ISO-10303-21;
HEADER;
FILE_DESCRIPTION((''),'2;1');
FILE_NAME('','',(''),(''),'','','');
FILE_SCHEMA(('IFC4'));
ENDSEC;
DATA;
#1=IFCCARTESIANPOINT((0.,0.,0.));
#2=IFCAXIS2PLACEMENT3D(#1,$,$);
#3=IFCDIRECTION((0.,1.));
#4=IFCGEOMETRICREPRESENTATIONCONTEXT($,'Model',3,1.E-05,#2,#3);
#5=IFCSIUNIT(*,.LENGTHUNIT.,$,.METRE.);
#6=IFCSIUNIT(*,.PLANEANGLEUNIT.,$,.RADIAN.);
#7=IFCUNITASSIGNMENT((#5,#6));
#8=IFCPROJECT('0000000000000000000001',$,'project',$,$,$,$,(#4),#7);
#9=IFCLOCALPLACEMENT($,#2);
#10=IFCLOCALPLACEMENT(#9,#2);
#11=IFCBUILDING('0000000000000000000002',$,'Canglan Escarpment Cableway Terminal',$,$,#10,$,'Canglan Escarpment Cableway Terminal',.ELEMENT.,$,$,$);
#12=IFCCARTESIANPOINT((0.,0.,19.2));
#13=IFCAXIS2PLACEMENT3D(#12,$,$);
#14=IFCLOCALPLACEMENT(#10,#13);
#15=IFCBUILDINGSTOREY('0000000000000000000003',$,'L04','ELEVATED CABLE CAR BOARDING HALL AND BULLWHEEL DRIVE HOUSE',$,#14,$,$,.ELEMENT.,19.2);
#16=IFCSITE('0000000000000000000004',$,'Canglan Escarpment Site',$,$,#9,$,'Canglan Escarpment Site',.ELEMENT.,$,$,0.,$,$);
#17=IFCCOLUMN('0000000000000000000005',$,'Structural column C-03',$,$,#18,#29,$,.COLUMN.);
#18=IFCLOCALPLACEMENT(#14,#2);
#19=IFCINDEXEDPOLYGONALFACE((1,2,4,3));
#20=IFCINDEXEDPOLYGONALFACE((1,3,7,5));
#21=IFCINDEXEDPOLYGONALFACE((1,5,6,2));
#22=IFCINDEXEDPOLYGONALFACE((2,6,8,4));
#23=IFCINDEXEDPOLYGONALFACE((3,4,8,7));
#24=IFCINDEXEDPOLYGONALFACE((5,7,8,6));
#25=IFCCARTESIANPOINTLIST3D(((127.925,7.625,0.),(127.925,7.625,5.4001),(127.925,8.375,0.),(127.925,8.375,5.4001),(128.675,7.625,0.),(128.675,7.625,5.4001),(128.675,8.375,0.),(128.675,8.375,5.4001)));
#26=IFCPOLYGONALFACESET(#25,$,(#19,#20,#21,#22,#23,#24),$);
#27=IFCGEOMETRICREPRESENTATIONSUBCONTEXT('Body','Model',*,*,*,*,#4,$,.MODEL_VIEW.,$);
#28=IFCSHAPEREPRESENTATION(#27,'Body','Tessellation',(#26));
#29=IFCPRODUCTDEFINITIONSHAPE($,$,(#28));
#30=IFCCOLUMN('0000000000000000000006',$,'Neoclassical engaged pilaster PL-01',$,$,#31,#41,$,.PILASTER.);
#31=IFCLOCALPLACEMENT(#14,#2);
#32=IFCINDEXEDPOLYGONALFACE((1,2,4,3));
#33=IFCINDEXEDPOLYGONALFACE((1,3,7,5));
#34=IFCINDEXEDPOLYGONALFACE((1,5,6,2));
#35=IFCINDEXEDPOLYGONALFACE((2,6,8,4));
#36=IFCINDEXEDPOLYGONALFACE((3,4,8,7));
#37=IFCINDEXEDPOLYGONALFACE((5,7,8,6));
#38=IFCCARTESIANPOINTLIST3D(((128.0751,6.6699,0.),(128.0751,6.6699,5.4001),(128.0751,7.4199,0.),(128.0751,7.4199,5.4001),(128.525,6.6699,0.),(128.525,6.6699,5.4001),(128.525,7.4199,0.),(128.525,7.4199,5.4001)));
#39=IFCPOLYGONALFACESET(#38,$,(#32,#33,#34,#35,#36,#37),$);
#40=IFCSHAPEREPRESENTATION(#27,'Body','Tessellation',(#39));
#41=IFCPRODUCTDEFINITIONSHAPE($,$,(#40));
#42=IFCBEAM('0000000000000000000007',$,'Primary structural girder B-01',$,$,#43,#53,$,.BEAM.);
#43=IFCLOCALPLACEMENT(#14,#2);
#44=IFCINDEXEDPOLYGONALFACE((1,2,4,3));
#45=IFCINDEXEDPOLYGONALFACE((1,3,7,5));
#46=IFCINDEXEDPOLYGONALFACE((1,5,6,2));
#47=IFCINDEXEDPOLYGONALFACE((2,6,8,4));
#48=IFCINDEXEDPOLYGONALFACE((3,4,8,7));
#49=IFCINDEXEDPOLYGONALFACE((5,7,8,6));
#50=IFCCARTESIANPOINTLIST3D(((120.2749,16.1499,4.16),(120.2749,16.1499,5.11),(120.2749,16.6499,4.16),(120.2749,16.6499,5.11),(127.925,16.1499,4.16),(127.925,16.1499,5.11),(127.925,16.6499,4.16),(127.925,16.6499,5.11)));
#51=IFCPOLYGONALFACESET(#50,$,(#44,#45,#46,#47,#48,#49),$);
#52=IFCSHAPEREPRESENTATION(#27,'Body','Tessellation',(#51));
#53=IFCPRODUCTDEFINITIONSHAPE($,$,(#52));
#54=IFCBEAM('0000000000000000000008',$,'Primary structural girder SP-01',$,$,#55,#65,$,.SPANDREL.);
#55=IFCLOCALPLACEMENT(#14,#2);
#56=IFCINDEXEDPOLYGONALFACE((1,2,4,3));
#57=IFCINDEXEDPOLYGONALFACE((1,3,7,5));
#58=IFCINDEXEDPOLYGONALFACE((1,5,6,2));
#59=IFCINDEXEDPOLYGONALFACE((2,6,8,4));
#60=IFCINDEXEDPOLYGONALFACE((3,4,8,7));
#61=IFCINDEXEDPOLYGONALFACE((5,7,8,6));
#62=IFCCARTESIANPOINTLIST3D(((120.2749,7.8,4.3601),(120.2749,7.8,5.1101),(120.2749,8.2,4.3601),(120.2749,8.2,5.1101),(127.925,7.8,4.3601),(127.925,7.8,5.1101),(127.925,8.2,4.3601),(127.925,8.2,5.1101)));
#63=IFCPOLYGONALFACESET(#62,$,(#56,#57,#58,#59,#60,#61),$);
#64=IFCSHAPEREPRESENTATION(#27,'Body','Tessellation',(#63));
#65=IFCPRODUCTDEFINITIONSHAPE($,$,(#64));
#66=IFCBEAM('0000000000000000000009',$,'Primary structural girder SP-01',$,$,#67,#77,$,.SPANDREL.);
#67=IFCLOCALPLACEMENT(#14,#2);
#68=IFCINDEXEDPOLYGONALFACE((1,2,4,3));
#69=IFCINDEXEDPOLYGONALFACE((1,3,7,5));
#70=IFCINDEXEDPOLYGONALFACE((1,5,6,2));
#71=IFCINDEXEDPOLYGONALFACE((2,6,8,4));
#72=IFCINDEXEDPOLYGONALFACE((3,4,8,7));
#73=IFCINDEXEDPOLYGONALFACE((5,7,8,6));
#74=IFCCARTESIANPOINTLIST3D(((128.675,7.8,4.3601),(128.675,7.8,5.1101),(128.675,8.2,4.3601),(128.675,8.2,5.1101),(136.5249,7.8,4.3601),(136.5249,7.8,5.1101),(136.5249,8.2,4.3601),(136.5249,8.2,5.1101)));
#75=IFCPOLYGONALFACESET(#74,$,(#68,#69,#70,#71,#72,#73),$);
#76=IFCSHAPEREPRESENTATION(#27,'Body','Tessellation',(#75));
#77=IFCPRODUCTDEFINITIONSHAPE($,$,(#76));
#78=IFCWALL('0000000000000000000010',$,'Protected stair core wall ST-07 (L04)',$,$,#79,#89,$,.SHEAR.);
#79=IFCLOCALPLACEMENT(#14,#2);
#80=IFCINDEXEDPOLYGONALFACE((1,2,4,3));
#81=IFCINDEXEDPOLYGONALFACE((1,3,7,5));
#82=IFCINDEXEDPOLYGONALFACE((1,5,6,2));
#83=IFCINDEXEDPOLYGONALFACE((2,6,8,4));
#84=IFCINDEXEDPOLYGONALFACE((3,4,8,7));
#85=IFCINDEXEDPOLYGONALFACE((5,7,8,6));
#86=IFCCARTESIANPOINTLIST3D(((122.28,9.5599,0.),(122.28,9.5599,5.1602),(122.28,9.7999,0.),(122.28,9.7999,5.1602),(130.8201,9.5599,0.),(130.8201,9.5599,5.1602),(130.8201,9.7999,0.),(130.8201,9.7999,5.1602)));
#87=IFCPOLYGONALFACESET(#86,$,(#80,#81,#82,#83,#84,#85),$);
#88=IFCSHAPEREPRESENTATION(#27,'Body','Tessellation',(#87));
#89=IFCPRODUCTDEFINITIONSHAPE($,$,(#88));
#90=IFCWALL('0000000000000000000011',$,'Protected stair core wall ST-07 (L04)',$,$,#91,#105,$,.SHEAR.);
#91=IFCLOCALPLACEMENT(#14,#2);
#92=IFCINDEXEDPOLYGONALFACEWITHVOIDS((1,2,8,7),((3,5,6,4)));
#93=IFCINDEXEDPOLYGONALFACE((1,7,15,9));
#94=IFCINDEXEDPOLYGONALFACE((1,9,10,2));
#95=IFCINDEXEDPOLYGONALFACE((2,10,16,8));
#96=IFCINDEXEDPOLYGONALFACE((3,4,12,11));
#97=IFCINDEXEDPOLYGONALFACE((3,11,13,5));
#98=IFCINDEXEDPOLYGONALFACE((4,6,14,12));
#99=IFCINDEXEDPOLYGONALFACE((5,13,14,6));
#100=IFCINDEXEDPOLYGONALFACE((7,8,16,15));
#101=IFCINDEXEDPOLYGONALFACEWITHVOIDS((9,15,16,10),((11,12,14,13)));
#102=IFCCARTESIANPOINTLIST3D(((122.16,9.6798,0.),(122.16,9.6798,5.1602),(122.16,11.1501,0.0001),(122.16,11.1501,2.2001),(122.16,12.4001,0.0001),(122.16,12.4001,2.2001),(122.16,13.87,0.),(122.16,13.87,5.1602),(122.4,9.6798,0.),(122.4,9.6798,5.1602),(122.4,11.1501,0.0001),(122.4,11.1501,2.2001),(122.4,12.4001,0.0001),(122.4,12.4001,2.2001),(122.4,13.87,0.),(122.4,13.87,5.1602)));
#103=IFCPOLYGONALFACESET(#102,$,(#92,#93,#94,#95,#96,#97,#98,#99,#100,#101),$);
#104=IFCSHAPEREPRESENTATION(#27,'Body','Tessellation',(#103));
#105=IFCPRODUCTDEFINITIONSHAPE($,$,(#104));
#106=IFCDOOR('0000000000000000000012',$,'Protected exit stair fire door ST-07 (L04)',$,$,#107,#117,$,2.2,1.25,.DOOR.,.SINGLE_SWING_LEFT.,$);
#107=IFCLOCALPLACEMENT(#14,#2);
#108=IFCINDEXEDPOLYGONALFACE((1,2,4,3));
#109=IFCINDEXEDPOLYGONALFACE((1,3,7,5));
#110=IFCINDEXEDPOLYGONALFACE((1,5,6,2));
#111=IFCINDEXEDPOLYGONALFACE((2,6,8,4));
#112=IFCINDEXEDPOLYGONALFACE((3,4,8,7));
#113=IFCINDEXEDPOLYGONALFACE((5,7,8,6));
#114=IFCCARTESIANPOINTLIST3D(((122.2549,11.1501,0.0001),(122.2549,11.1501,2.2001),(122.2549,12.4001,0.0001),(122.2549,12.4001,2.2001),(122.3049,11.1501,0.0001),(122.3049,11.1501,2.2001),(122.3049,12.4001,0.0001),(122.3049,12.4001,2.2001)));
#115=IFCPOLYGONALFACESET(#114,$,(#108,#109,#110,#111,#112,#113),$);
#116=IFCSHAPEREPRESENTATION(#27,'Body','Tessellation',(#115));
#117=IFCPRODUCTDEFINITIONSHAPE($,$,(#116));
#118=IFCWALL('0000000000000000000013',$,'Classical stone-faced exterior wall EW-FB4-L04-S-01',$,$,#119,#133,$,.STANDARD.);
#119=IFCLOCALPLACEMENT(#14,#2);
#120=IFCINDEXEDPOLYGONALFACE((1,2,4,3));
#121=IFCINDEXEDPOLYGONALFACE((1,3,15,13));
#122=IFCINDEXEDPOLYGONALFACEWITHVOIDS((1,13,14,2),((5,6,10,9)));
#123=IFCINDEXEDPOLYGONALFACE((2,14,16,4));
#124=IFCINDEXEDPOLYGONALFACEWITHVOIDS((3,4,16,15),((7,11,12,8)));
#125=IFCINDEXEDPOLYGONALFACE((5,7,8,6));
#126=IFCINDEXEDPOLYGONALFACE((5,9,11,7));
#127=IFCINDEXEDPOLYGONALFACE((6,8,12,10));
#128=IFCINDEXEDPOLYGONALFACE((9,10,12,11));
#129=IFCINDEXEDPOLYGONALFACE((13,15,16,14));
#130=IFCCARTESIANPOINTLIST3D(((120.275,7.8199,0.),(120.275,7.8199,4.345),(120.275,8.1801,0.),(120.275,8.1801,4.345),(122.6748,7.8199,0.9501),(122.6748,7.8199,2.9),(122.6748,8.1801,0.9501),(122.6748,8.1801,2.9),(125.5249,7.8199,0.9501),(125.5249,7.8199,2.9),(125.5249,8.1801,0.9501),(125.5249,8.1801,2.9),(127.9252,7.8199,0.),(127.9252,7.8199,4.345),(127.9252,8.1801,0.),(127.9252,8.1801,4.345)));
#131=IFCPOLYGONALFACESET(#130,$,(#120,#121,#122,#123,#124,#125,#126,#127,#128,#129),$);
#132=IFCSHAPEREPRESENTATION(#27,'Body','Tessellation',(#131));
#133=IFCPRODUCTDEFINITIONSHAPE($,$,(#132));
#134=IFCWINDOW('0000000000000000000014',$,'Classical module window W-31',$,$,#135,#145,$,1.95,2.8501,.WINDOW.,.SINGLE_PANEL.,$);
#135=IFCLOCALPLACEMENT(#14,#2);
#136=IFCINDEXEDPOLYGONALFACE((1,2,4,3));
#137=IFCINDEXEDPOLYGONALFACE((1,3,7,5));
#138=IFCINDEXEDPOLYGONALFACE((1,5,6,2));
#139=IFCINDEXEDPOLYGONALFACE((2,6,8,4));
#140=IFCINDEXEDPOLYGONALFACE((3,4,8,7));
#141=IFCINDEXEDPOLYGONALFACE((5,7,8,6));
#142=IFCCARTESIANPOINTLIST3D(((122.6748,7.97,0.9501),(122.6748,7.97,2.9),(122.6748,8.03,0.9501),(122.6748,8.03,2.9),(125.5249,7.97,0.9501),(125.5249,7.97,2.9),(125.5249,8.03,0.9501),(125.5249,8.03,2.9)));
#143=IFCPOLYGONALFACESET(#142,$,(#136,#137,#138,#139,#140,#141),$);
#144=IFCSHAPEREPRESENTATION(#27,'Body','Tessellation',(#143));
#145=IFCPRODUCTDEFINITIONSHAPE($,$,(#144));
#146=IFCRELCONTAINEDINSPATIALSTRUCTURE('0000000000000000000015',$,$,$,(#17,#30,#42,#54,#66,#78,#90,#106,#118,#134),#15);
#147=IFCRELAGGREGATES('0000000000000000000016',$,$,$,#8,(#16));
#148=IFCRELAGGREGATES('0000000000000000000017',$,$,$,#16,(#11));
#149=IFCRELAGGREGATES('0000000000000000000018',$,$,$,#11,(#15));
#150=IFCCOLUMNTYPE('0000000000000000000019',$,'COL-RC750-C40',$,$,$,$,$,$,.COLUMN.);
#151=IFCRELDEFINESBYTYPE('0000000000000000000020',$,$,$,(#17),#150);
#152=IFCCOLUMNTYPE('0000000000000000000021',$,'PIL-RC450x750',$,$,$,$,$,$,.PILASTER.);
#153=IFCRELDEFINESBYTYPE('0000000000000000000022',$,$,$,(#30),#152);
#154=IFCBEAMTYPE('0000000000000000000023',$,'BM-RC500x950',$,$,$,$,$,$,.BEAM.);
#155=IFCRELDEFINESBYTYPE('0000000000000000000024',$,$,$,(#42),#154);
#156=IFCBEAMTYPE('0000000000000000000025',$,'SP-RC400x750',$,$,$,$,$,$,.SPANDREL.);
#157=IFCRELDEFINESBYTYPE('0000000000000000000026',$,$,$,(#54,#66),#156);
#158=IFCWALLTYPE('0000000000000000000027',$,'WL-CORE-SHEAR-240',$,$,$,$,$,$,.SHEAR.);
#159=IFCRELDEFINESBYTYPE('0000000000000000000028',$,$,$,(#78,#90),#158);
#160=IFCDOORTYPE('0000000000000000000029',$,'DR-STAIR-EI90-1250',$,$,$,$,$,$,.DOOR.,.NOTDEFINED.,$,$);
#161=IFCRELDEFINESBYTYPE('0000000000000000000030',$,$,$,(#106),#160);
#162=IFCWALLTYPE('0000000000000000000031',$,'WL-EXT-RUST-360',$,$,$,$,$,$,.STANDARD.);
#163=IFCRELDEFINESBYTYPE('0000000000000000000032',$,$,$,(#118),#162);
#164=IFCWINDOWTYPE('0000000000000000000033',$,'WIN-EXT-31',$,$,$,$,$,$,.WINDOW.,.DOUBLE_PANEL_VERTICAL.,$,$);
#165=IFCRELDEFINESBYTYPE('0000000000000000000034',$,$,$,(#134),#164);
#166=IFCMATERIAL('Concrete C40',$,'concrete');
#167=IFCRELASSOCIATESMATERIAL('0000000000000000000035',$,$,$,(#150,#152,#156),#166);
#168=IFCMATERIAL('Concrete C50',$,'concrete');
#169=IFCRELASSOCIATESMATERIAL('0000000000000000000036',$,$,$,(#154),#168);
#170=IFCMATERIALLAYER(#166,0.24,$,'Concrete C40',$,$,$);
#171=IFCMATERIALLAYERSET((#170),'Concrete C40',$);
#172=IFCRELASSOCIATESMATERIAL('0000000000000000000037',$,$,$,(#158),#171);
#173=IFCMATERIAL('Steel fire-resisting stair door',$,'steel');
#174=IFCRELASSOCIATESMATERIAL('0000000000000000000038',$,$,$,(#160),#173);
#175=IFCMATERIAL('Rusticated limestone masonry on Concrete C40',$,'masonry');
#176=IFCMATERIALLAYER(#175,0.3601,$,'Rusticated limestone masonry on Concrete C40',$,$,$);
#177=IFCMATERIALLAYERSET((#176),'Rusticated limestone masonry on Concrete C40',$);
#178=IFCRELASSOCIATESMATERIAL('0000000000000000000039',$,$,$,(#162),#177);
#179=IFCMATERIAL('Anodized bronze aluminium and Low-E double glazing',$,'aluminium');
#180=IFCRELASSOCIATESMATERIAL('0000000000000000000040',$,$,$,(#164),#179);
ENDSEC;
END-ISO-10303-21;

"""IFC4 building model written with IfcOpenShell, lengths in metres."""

from ifc_helpers import new_model, si_unit, direction, frame, frame_2d, origin, origin_2d, place, context, subcontext, project, spatial, rectangle, extrude, material, layer, layer_set, material_profile, profile_set, type_object, element, fill, save


model = new_model("IFC4")

# Units and contexts
model_context = context("Model", 3, precision=1e-05, world=origin(), true_north=direction((0.0, 1.0)))
body_context = subcontext(model_context, "Body", "Model", "MODEL_VIEW")
ifc_project = project(units=[si_unit("LENGTHUNIT", "METRE"), si_unit("PLANEANGLEUNIT", "RADIAN")], contexts=[model_context])

# Site, building, storey
site_placement = place(None, origin())
site = spatial("IfcSite", under=ifc_project, at=site_placement, Name="Canglan Escarpment Site", LongName="Canglan Escarpment Site", CompositionType="ELEMENT", RefElevation=0.0)
building_placement = place(site_placement, origin())
building = spatial("IfcBuilding", under=site, at=building_placement, Name="Canglan Escarpment Cableway Terminal", LongName="Canglan Escarpment Cableway Terminal", CompositionType="ELEMENT")
storey_placement = place(building_placement, frame((0.0, 0.0, 19.2)))
storey = spatial("IfcBuildingStorey", under=building, at=storey_placement, Name="L04", Description="ELEVATED CABLE CAR BOARDING HALL AND BULLWHEEL DRIVE HOUSE", CompositionType="ELEMENT", Elevation=19.2)

# Columns
ifc_material_1 = material(Name="Concrete C40", Category="concrete")
ifc_material_profile_1 = material_profile(ifc_material_1, rectangle(XDim=0.75, YDim=0.75, at=origin_2d()), Name="RC 750x750")
ifc_profile_set_1 = profile_set([ifc_material_profile_1], Name="Concrete C40")
column_type_1 = type_object("IfcColumnType", Name="COL-RC750-C40", PredefinedType="COLUMN", material=ifc_profile_set_1)
column_1_placement = place(storey_placement, frame((128.3, 8.0, 0.0), z_axis=(0.0, 0.0, 1.0), x_axis=(1.0, 0.0, 0.0)))
element("IfcColumn", 1, at=column_1_placement, inside=storey, type_object=column_type_1, Name="Structural column C-03", PredefinedType="COLUMN", context=body_context, shape_type="SweptSolid", body=[
    extrude(rectangle(XDim=0.75, YDim=0.75, at=origin_2d()), origin(), (0.0, 0.0, 1.0), 5.4001),
])
ifc_material_profile_2 = material_profile(ifc_material_1, rectangle(XDim=0.45, YDim=0.75, at=origin_2d()), Name="RC-PIL 450x750")
ifc_profile_set_2 = profile_set([ifc_material_profile_2], Name="Concrete C40")
column_type_2 = type_object("IfcColumnType", Name="PIL-RC450x750", PredefinedType="PILASTER", material=ifc_profile_set_2)
column_2_placement = place(storey_placement, frame((128.3, 7.0449, 0.0), z_axis=(0.0, 0.0, 1.0), x_axis=(1.0, 0.0, 0.0)))
element("IfcColumn", 2, at=column_2_placement, inside=storey, type_object=column_type_2, Name="Neoclassical engaged pilaster PL-01", PredefinedType="PILASTER", context=body_context, shape_type="SweptSolid", body=[
    extrude(rectangle(XDim=0.45, YDim=0.75, at=origin_2d()), origin(), (0.0, 0.0, 1.0), 5.4001),
])

# Beams
ifc_material_2 = material(Name="Concrete C50", Category="concrete")
ifc_material_profile_3 = material_profile(ifc_material_2, rectangle(XDim=0.5, YDim=0.95, at=origin_2d()), Name="RC 500x950")
ifc_profile_set_3 = profile_set([ifc_material_profile_3], Name="Concrete C50")
beam_type_1 = type_object("IfcBeamType", Name="BM-RC500x950", PredefinedType="BEAM", material=ifc_profile_set_3)
beam_1_placement = place(storey_placement, frame((120.2749, 16.3999, 4.635), z_axis=(1.0, 0.0, 0.0), x_axis=(0.0, 1.0, 0.0)))
element("IfcBeam", 3, at=beam_1_placement, inside=storey, type_object=beam_type_1, Name="Primary structural girder B-01", PredefinedType="BEAM", context=body_context, shape_type="SweptSolid", body=[
    extrude(rectangle(XDim=0.5, YDim=0.95, at=origin_2d()), origin(), (0.0, 0.0, 1.0), 7.6501),
])
ifc_material_profile_4 = material_profile(ifc_material_1, rectangle(XDim=0.3999, YDim=0.75, at=origin_2d()), Name="RC 400x750")
ifc_profile_set_4 = profile_set([ifc_material_profile_4], Name="Concrete C40")
beam_type_2 = type_object("IfcBeamType", Name="SP-RC400x750", PredefinedType="SPANDREL", material=ifc_profile_set_4)
beam_2_placement = place(storey_placement, frame((120.2749, 8.0, 4.7351), z_axis=(1.0, 0.0, 0.0), x_axis=(0.0, 1.0, 0.0)))
element("IfcBeam", 4, at=beam_2_placement, inside=storey, type_object=beam_type_2, Name="Primary structural girder SP-01", PredefinedType="SPANDREL", context=body_context, shape_type="SweptSolid", body=[
    extrude(rectangle(XDim=0.3999, YDim=0.75, at=origin_2d()), origin(), (0.0, 0.0, 1.0), 7.6501),
])
beam_3_placement = place(storey_placement, frame((128.675, 8.0, 4.7351), z_axis=(1.0, 0.0, 0.0), x_axis=(0.0, 1.0, 0.0)))
element("IfcBeam", 5, at=beam_3_placement, inside=storey, type_object=beam_type_2, Name="Primary structural girder SP-01", PredefinedType="SPANDREL", context=body_context, shape_type="SweptSolid", body=[
    extrude(rectangle(XDim=0.3999, YDim=0.75, at=origin_2d()), origin(), (0.0, 0.0, 1.0), 7.8499),
])

# Wall
ifc_layer_1 = layer(ifc_material_1, 0.24, Name="Concrete C40")
ifc_layer_set_1 = layer_set([ifc_layer_1], Name="Concrete C40")
wall_type_1 = type_object("IfcWallType", Name="WL-CORE-SHEAR-240", PredefinedType="SHEAR", material=ifc_layer_set_1)
wall_1_placement = place(storey_placement, frame((122.28, 9.6799, 0.0), z_axis=(0.0, 0.0, 1.0), x_axis=(1.0, 0.0, 0.0)))
element("IfcWall", 6, at=wall_1_placement, inside=storey, type_object=wall_type_1, Name="Protected stair core wall ST-07 (L04)", PredefinedType="SHEAR", context=body_context, shape_type="SweptSolid", body=[
    extrude(rectangle(XDim=8.54, YDim=0.24, at=frame_2d((4.27, 0.0))), origin(), (0.0, 0.0, 1.0), 5.1602),
])

# Wall, opening, door
wall_2_placement = place(storey_placement, frame((122.28, 13.8701, 0.0), z_axis=(0.0, 0.0, 1.0), x_axis=(0.0, -1.0, 0.0)))
wall_2 = element("IfcWall", 7, at=wall_2_placement, inside=storey, type_object=wall_type_1, Name="Protected stair core wall ST-07 (L04)", PredefinedType="SHEAR", context=body_context, shape_type="SweptSolid", body=[
    extrude(rectangle(XDim=4.1902, YDim=0.24, at=frame_2d((2.0952, 0.0))), origin(), (0.0, 0.0, 1.0), 5.1602),
])
opening_1_placement = place(wall_2_placement, frame((1.47, 0.0, 0.0)))
opening_1 = element("IfcOpeningElement", 8, at=opening_1_placement, cuts=wall_2, PredefinedType="OPENING", context=body_context, shape_type="SweptSolid", body=[
    extrude(rectangle(XDim=1.25, YDim=2.2, at=frame_2d((0.625, 1.1001))), frame((0.0, 0.1299, 0.0), z_axis=(0.0, -1.0, 0.0), x_axis=(1.0, 0.0, 0.0)), (0.0, 0.0, 1.0), 0.26),
])
ifc_material_3 = material(Name="Steel fire-resisting stair door", Category="steel")
door_type_1 = type_object("IfcDoorType", Name="DR-STAIR-EI90-1250", OperationType="NOTDEFINED", PredefinedType="DOOR", material=ifc_material_3)
door_1_placement = place(opening_1_placement, origin())
door_1 = element("IfcDoor", 9, at=door_1_placement, inside=storey, type_object=door_type_1, Name="Protected exit stair fire door ST-07 (L04)", OperationType="SINGLE_SWING_LEFT", OverallHeight=2.2, OverallWidth=1.25, PredefinedType="DOOR", context=body_context, shape_type="SweptSolid", body=[
    extrude(rectangle(XDim=1.25, YDim=2.2, at=frame_2d((0.625, 1.1001))), frame((0.0, 0.0249, 0.0), z_axis=(0.0, -1.0, 0.0), x_axis=(1.0, 0.0, 0.0)), (0.0, 0.0, 1.0), 0.05),
])
fill(opening_1, door_1)

# Wall, opening, window
ifc_material_4 = material(Name="Rusticated limestone masonry on Concrete C40", Category="masonry")
ifc_layer_2 = layer(ifc_material_4, 0.3601, Name="Rusticated limestone masonry on Concrete C40")
ifc_layer_set_2 = layer_set([ifc_layer_2], Name="Rusticated limestone masonry on Concrete C40")
wall_type_2 = type_object("IfcWallType", Name="WL-EXT-RUST-360", PredefinedType="STANDARD", material=ifc_layer_set_2)
wall_3_placement = place(storey_placement, frame((120.2749, 8.0, 0.0), z_axis=(0.0, 0.0, 1.0), x_axis=(1.0, 0.0, 0.0)))
wall_3 = element("IfcWall", 10, at=wall_3_placement, inside=storey, type_object=wall_type_2, Name="Classical stone-faced exterior wall EW-FB4-L04-S-01", PredefinedType="STANDARD", context=body_context, shape_type="SweptSolid", body=[
    extrude(rectangle(XDim=7.6501, YDim=0.3601, at=frame_2d((3.8252, 0.0))), origin(), (0.0, 0.0, 1.0), 4.345),
])
opening_2_placement = place(wall_3_placement, frame((2.3999, 0.0, 0.95)))
opening_2 = element("IfcOpeningElement", 11, at=opening_2_placement, cuts=wall_3, PredefinedType="OPENING", context=body_context, shape_type="SweptSolid", body=[
    extrude(rectangle(XDim=2.8501, YDim=1.95, at=frame_2d((1.425, 0.9751))), frame((0.0, 0.1899, 0.0), z_axis=(0.0, -1.0, 0.0), x_axis=(1.0, 0.0, 0.0)), (0.0, 0.0, 1.0), 0.3801),
])
ifc_material_5 = material(Name="Anodized bronze aluminium and Low-E double glazing", Category="aluminium")
window_type_1 = type_object("IfcWindowType", Name="WIN-EXT-31", PartitioningType="DOUBLE_PANEL_VERTICAL", PredefinedType="WINDOW", material=ifc_material_5)
window_1_placement = place(opening_2_placement, origin())
window_1 = element("IfcWindow", 12, at=window_1_placement, inside=storey, type_object=window_type_1, Name="Classical module window W-31", OverallHeight=1.95, OverallWidth=2.8501, PartitioningType="SINGLE_PANEL", PredefinedType="WINDOW", context=body_context, shape_type="SweptSolid", body=[
    extrude(rectangle(XDim=2.8501, YDim=1.95, at=frame_2d((1.425, 0.9751))), frame((0.0, 0.03, 0.0), z_axis=(0.0, -1.0, 0.0), x_axis=(1.0, 0.0, 0.0)), (0.0, 0.0, 1.0), 0.0601),
])
fill(opening_2, window_1)

save(model, "model.ifc")
